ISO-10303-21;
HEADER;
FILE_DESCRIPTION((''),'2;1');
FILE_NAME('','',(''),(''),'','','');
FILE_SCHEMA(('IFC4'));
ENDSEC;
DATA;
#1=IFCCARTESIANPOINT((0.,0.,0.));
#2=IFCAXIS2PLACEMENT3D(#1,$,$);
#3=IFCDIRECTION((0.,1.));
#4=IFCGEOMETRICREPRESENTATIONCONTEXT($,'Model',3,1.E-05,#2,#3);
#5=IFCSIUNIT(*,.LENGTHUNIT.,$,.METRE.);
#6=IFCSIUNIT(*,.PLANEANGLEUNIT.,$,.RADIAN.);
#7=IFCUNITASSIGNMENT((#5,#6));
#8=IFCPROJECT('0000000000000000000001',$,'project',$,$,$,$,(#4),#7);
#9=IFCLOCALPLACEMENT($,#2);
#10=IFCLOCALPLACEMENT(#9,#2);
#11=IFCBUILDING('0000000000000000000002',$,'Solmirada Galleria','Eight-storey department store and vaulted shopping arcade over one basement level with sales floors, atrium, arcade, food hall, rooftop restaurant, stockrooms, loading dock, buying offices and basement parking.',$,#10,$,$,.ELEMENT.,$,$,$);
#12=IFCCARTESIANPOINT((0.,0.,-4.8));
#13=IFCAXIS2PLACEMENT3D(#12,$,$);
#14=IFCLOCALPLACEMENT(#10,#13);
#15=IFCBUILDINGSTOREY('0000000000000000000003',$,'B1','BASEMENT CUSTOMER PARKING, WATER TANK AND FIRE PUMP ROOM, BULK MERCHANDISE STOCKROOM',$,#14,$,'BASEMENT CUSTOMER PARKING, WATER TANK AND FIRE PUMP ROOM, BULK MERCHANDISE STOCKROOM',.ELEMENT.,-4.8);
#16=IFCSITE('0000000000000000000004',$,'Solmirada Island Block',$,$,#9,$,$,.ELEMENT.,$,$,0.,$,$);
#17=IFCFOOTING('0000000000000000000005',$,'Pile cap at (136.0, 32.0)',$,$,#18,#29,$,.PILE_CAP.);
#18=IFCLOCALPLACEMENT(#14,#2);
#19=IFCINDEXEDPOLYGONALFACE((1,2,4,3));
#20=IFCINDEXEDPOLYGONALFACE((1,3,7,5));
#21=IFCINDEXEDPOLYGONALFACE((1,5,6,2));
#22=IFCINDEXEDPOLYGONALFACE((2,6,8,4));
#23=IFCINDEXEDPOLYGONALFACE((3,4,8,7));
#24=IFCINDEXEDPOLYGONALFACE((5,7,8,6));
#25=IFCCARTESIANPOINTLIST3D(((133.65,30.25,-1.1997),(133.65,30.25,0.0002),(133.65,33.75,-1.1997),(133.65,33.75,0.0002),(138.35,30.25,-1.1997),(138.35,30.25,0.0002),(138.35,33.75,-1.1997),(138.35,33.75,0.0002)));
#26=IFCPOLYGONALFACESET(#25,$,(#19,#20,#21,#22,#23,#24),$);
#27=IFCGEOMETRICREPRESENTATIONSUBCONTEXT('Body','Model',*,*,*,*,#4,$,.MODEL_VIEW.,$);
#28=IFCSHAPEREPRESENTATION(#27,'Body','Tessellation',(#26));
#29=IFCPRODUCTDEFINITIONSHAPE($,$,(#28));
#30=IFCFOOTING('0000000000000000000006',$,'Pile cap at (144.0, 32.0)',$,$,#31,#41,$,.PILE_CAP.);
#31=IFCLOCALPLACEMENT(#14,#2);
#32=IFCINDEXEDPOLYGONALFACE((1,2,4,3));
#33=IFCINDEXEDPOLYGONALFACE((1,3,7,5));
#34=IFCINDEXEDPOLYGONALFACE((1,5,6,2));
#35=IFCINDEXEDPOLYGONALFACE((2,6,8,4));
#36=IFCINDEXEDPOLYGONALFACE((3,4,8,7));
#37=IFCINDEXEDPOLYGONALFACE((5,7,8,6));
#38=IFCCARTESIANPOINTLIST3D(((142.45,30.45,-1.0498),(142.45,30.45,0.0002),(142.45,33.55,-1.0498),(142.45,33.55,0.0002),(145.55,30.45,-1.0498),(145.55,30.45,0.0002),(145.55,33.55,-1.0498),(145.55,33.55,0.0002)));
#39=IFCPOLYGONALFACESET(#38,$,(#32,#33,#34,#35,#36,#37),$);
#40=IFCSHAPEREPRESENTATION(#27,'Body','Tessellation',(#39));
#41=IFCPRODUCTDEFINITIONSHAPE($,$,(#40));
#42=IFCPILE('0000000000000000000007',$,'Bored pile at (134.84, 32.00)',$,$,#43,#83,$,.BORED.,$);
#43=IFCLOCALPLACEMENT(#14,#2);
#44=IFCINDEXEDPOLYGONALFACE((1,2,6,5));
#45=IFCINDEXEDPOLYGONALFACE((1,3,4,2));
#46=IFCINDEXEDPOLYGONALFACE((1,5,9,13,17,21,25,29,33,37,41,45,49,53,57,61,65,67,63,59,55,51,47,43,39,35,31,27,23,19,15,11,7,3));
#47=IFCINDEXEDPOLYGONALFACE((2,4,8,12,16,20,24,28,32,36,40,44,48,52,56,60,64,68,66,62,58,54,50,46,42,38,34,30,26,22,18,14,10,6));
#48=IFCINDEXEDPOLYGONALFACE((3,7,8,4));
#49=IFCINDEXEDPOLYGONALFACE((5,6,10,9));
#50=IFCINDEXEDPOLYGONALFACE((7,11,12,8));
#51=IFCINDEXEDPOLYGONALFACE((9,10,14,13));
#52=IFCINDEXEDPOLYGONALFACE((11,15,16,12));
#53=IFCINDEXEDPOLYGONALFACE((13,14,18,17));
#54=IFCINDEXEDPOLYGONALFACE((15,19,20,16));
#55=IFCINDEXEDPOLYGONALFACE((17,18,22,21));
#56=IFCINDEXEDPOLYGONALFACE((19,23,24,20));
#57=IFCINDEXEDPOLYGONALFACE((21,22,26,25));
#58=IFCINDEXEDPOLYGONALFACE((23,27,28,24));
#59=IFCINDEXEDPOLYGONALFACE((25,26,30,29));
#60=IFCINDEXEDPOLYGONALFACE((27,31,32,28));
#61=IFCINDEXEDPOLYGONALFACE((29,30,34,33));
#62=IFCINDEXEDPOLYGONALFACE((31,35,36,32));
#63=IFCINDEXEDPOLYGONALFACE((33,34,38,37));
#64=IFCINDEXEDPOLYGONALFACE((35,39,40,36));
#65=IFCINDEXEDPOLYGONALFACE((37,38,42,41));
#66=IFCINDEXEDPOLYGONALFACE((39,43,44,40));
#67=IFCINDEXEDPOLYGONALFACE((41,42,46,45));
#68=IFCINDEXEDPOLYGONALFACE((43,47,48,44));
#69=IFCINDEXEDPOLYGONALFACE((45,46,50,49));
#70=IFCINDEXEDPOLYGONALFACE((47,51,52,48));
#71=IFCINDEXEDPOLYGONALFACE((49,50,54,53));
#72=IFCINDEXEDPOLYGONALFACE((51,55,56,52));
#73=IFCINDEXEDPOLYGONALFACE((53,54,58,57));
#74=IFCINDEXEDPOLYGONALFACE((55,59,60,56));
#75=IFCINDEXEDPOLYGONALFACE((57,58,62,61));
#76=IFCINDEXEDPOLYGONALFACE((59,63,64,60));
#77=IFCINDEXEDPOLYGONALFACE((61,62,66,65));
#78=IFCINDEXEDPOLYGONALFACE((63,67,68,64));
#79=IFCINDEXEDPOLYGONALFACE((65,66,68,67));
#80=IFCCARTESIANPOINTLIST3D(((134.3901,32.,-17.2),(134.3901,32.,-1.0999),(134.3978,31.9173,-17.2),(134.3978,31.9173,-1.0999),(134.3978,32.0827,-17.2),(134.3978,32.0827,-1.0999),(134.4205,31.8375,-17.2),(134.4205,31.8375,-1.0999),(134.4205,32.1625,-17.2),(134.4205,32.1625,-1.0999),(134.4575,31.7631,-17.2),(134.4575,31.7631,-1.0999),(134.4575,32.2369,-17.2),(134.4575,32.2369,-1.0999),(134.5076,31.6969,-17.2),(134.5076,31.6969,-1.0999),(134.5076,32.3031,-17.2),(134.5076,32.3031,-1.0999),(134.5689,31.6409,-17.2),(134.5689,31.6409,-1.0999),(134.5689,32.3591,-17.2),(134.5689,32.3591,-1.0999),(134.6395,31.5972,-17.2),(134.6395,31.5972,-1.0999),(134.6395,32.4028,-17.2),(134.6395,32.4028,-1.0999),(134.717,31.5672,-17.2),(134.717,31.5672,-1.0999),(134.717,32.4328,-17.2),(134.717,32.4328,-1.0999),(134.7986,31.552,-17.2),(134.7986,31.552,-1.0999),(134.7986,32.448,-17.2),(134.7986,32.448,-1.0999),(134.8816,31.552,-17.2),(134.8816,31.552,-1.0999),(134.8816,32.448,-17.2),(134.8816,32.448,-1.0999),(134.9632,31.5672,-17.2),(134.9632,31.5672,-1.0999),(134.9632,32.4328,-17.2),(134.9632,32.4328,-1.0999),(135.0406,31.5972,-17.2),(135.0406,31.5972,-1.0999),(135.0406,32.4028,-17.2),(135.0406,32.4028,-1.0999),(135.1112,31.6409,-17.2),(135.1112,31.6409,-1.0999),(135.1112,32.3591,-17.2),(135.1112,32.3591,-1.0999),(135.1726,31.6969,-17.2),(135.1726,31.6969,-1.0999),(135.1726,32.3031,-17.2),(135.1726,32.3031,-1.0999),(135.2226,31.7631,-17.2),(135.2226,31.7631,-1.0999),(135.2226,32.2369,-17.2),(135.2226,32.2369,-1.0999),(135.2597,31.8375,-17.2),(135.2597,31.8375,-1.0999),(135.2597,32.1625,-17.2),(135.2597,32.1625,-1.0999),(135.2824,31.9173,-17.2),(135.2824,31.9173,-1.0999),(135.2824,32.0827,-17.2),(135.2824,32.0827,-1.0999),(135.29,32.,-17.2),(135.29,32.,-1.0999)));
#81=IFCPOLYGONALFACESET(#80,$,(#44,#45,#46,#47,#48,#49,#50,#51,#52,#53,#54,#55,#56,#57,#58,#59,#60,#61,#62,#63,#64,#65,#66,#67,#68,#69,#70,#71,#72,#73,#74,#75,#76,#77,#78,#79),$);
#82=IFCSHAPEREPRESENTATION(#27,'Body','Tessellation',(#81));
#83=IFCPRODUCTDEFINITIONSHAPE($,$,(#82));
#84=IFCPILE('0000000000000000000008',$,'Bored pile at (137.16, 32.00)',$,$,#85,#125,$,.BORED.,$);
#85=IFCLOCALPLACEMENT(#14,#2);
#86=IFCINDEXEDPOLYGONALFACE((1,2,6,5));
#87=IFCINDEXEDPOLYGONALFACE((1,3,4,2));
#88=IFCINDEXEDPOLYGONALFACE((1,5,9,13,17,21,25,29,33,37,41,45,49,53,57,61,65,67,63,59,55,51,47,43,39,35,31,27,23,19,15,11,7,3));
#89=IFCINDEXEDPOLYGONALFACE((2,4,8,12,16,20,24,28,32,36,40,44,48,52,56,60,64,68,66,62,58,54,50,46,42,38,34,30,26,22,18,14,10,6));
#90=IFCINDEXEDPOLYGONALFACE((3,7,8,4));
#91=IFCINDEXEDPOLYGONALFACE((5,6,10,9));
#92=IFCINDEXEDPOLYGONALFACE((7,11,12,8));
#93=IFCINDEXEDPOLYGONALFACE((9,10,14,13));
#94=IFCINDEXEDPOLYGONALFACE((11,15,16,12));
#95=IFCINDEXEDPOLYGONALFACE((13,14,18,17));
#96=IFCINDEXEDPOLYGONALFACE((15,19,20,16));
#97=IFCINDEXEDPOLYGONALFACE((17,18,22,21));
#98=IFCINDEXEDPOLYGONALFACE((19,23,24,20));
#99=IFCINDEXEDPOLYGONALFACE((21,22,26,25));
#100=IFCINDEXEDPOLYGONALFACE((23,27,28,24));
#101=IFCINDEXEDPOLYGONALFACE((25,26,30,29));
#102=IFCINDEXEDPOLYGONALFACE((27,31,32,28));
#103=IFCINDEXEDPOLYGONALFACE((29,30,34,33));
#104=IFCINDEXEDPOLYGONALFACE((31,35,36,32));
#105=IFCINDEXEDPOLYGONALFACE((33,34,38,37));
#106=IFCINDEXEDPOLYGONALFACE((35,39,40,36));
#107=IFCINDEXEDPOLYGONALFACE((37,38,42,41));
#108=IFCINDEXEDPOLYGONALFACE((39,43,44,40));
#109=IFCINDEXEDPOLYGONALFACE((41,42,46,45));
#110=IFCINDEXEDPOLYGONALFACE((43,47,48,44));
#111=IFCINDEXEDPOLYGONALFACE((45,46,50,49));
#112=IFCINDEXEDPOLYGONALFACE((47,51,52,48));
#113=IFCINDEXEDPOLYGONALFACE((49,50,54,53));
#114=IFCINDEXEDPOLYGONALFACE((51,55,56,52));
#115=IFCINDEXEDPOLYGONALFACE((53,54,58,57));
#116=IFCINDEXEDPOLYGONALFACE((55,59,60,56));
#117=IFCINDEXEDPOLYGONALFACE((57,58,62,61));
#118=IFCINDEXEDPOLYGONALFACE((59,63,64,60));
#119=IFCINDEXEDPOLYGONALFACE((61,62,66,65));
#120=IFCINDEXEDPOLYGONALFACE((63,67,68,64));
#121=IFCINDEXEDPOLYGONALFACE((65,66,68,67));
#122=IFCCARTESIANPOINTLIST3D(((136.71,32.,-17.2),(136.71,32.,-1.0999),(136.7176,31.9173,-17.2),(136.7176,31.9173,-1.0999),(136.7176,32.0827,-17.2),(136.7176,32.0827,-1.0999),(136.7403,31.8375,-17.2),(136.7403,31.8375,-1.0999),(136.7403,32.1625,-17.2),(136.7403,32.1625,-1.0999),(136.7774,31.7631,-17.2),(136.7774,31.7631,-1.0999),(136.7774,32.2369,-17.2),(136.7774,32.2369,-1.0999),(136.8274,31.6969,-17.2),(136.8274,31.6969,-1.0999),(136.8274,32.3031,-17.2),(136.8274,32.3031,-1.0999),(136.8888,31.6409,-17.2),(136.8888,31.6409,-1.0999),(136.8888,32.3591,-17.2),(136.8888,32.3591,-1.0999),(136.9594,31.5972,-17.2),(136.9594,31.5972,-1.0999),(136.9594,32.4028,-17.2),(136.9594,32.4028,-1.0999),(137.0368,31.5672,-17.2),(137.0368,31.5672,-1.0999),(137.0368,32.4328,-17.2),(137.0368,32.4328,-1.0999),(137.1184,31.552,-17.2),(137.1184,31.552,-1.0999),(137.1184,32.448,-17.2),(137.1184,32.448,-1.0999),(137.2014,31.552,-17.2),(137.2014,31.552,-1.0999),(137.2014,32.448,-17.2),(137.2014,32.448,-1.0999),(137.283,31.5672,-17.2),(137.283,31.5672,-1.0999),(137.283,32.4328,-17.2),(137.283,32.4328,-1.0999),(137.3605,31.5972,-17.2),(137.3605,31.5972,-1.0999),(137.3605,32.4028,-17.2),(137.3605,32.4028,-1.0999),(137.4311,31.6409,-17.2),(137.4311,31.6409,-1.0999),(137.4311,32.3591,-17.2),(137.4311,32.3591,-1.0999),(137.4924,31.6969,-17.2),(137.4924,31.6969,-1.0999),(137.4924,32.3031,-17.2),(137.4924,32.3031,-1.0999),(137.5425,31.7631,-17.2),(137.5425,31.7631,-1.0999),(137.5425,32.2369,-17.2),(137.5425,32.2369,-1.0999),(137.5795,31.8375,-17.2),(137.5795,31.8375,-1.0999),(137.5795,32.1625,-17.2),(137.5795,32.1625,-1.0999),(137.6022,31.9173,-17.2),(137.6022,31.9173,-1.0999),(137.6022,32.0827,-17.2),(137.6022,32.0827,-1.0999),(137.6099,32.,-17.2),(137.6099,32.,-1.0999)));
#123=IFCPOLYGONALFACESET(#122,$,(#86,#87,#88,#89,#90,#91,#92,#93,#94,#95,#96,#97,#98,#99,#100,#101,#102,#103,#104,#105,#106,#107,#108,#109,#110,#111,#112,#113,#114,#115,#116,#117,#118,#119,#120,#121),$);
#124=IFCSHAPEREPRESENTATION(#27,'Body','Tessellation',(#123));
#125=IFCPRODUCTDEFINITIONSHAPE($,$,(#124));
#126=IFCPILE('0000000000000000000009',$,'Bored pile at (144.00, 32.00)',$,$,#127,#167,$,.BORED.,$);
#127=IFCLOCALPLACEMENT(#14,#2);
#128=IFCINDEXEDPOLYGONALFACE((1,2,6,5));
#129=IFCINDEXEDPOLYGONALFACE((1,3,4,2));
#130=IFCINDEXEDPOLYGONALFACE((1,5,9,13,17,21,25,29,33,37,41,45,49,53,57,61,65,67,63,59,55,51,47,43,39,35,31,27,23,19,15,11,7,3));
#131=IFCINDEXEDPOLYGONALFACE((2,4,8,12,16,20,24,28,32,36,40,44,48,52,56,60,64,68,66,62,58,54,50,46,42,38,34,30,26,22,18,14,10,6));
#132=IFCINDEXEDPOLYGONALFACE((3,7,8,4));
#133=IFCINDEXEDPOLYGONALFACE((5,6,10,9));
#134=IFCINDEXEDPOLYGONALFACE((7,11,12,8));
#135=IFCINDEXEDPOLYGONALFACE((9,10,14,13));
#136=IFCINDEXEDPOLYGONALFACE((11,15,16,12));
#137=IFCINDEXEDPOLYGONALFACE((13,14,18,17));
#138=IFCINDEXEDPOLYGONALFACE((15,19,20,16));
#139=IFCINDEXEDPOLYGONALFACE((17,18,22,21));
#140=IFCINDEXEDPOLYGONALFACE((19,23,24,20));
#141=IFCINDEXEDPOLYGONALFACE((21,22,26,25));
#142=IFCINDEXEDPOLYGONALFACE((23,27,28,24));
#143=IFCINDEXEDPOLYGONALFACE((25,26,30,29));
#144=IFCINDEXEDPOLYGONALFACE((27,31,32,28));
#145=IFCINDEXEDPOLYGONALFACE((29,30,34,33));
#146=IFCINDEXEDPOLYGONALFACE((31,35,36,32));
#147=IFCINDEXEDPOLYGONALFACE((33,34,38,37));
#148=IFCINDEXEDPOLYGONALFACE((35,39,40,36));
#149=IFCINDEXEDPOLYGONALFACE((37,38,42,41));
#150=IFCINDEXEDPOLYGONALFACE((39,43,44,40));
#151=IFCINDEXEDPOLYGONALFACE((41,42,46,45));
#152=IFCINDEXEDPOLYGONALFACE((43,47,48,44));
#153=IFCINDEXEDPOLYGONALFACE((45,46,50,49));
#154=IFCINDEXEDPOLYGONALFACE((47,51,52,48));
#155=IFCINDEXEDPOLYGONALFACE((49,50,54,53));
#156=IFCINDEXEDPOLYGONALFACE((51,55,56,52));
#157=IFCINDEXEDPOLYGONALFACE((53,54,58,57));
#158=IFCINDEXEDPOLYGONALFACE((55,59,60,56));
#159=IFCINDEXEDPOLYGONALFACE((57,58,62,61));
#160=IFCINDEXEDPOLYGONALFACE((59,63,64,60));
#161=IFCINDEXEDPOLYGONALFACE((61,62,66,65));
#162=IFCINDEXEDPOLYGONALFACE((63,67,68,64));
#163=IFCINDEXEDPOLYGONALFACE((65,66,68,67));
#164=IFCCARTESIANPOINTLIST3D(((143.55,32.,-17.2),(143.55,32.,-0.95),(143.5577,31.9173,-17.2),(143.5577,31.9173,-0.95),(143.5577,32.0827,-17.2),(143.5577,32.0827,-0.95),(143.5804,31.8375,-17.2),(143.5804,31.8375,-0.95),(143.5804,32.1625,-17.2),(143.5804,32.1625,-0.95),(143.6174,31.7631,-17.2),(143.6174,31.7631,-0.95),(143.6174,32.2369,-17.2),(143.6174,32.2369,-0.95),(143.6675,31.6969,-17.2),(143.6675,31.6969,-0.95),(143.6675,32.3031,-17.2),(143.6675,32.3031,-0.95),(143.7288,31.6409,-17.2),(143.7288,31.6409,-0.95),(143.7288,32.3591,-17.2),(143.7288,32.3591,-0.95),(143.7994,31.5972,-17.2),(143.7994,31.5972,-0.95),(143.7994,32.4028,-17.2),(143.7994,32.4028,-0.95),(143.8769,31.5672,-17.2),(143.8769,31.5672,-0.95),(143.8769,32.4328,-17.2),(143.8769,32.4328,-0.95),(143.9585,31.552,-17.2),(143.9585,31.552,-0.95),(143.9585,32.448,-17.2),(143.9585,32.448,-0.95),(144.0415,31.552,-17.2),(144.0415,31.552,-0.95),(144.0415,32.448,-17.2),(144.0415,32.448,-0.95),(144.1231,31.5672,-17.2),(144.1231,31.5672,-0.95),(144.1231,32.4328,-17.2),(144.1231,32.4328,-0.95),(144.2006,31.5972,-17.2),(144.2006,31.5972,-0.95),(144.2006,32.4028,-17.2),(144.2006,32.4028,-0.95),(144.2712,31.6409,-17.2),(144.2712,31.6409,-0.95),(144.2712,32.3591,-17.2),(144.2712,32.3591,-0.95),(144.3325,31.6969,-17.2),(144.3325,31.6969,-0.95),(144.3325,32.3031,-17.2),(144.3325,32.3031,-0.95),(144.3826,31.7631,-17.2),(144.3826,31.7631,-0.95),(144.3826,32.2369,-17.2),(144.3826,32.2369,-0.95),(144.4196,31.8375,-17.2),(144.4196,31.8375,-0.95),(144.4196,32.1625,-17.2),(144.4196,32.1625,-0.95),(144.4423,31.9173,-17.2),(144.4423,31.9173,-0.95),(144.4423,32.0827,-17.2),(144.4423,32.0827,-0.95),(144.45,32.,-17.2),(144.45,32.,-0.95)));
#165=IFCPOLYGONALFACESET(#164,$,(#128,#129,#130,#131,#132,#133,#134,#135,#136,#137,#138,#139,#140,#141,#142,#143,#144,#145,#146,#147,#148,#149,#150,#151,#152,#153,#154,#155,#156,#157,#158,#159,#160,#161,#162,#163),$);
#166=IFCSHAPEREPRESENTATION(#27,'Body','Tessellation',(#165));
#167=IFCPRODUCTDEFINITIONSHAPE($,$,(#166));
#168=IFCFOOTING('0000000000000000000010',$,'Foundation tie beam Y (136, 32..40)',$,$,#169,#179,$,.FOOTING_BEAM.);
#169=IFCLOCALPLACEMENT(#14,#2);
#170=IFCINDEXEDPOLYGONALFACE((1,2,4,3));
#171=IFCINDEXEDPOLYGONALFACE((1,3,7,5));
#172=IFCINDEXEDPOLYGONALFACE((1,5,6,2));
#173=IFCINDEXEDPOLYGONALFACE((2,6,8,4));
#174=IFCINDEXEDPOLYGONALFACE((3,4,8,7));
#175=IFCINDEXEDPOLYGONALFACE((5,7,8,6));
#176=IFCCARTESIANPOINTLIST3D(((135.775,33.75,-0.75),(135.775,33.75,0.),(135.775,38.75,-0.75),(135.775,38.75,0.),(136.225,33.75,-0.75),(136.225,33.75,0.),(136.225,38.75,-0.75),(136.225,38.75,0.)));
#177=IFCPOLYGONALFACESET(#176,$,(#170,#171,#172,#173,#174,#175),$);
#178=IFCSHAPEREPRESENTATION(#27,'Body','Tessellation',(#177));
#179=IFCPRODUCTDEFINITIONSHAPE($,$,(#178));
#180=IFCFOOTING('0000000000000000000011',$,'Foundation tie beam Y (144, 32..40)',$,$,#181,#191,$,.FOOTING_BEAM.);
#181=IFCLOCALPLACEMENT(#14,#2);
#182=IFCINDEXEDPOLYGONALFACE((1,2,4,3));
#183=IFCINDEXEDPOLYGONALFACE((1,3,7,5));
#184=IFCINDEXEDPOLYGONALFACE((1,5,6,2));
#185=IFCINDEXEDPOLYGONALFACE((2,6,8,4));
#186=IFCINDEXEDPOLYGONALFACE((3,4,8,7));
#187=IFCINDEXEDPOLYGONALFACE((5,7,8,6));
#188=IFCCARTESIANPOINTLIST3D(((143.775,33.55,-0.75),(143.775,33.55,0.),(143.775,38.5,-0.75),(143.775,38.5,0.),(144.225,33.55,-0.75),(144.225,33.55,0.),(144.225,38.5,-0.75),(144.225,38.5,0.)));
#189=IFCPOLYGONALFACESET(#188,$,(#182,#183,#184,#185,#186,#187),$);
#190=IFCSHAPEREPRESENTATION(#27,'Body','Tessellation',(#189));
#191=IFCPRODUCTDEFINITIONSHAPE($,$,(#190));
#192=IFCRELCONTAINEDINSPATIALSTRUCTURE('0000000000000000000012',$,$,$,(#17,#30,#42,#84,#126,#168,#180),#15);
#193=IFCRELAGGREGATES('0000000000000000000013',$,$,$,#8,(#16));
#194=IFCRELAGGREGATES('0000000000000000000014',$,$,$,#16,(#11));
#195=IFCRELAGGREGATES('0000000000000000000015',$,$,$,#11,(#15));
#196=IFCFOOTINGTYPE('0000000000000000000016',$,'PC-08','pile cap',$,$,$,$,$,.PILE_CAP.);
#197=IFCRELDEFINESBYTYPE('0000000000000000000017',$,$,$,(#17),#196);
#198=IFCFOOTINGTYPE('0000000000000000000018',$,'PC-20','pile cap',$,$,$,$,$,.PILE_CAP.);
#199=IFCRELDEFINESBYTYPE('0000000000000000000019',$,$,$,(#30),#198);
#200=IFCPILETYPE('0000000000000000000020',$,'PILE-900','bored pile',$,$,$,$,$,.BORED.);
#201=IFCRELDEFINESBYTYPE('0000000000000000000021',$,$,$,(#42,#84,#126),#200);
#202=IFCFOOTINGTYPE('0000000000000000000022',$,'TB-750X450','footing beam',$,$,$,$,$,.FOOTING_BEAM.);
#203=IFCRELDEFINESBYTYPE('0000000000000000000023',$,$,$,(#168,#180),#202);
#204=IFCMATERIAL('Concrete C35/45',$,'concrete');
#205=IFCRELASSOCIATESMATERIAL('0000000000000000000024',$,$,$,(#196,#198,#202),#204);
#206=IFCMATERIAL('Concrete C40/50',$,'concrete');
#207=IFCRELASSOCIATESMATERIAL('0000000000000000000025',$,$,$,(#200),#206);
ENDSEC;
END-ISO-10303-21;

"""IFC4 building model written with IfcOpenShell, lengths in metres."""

from ifc_helpers import new_model, si_unit, direction, frame, origin, origin_2d, place, context, subcontext, project, spatial, rectangle, circle, extrude, material, material_profile, profile_set, type_object, element, save


model = new_model("IFC4")

# Units and contexts
model_context = context("Model", 3, precision=1e-05, world=origin(), true_north=direction((0.0, 1.0)))
body_context = subcontext(model_context, "Body", "Model", "MODEL_VIEW")
ifc_project = project(units=[si_unit("LENGTHUNIT", "METRE"), si_unit("PLANEANGLEUNIT", "RADIAN")], contexts=[model_context])

# Site, building, storey
site_placement = place(None, origin())
site = spatial("IfcSite", under=ifc_project, at=site_placement, Name="Solmirada Island Block", CompositionType="ELEMENT", RefElevation=0.0)
building_placement = place(site_placement, origin())
building = spatial("IfcBuilding", under=site, at=building_placement, Name="Solmirada Galleria", Description="Eight-storey department store and vaulted shopping arcade over one basement level with sales floors, atrium, arcade, food hall, rooftop restaurant, stockrooms, loading dock, buying offices and basement parking.", CompositionType="ELEMENT")
storey_placement = place(building_placement, frame((0.0, 0.0, -4.8)))
storey = spatial("IfcBuildingStorey", under=building, at=storey_placement, Name="B1", Description="BASEMENT CUSTOMER PARKING, WATER TANK AND FIRE PUMP ROOM, BULK MERCHANDISE STOCKROOM", LongName="BASEMENT CUSTOMER PARKING, WATER TANK AND FIRE PUMP ROOM, BULK MERCHANDISE STOCKROOM", CompositionType="ELEMENT", Elevation=-4.8)

# Footings
ifc_material_1 = material(Name="Concrete C35/45", Category="concrete")
footing_type_1 = type_object("IfcFootingType", Name="PC-08", Description="pile cap", PredefinedType="PILE_CAP", material=ifc_material_1)
footing_1_placement = place(storey_placement, frame((136.0, 32.0, -1.1997), z_axis=(0.0, 0.0, 1.0), x_axis=(1.0, 0.0, 0.0)))
element("IfcFooting", 1, at=footing_1_placement, inside=storey, type_object=footing_type_1, Name="Pile cap at (136.0, 32.0)", PredefinedType="PILE_CAP", context=body_context, shape_type="SweptSolid", body=[
    extrude(rectangle(XDim=4.7, YDim=3.5, at=origin_2d()), origin(), (0.0, 0.0, 1.0), 1.2),
])
footing_type_2 = type_object("IfcFootingType", Name="PC-20", Description="pile cap", PredefinedType="PILE_CAP", material=ifc_material_1)
footing_2_placement = place(storey_placement, frame((144.0, 32.0, -1.0498), z_axis=(0.0, 0.0, 1.0), x_axis=(1.0, 0.0, 0.0)))
element("IfcFooting", 2, at=footing_2_placement, inside=storey, type_object=footing_type_2, Name="Pile cap at (144.0, 32.0)", PredefinedType="PILE_CAP", context=body_context, shape_type="SweptSolid", body=[
    extrude(rectangle(XDim=3.1001, YDim=3.1001, at=origin_2d()), origin(), (0.0, 0.0, 1.0), 1.05),
])

# Piles
ifc_material_2 = material(Name="Concrete C40/50", Category="concrete")
ifc_material_profile_1 = material_profile(ifc_material_2, circle(Radius=0.45, at=origin_2d()), Name="PILE900")
ifc_profile_set_1 = profile_set([ifc_material_profile_1], Name="Concrete C40/50")
pile_type = type_object("IfcPileType", Name="PILE-900", Description="bored pile", PredefinedType="BORED", material=ifc_profile_set_1)
for number, where, z_axis, x_axis, name in (
    (3, (134.8401, 32.0, -1.0999), (0.0, 0.0, -1.0), (1.0, 0.0, 0.0), "Bored pile at (134.84, 32.00)"),
    (4, (137.1599, 32.0, -1.0999), (0.0, 0.0, -1.0), (1.0, 0.0, 0.0), "Bored pile at (137.16, 32.00)"),
):
    element("IfcPile", number, at=place(storey_placement, frame(where, z_axis=z_axis, x_axis=x_axis)), inside=storey, type_object=pile_type, Name=name, PredefinedType="BORED", context=body_context, shape_type="SweptSolid", body=[
        extrude(circle(Radius=0.45, at=origin_2d()), origin(), (0.0, 0.0, 1.0), 16.1001),
    ])
pile_placement = place(storey_placement, frame((144.0, 32.0, -0.95), z_axis=(0.0, 0.0, -1.0), x_axis=(1.0, 0.0, 0.0)))
element("IfcPile", 5, at=pile_placement, inside=storey, type_object=pile_type, Name="Bored pile at (144.00, 32.00)", PredefinedType="BORED", context=body_context, shape_type="SweptSolid", body=[
    extrude(circle(Radius=0.45, at=origin_2d()), origin(), (0.0, 0.0, 1.0), 16.25),
])

# Footings
ifc_material_profile_2 = material_profile(ifc_material_1, rectangle(XDim=0.45, YDim=0.75, at=origin_2d()), Name="RC750X450")
ifc_profile_set_2 = profile_set([ifc_material_profile_2], Name="Concrete C35/45")
footing_type_3 = type_object("IfcFootingType", Name="TB-750X450", Description="footing beam", PredefinedType="FOOTING_BEAM", material=ifc_profile_set_2)
footing_3_placement = place(storey_placement, frame((136.0, 33.75, -0.375), z_axis=(0.0, 1.0, 0.0), x_axis=(-1.0, 0.0, 0.0)))
element("IfcFooting", 6, at=footing_3_placement, inside=storey, type_object=footing_type_3, Name="Foundation tie beam Y (136, 32..40)", PredefinedType="FOOTING_BEAM", context=body_context, shape_type="SweptSolid", body=[
    extrude(rectangle(XDim=0.45, YDim=0.75, at=origin_2d()), origin(), (0.0, 0.0, 1.0), 5.0),
])
footing_4_placement = place(storey_placement, frame((144.0, 33.55, -0.375), z_axis=(0.0, 1.0, 0.0), x_axis=(-1.0, 0.0, 0.0)))
element("IfcFooting", 7, at=footing_4_placement, inside=storey, type_object=footing_type_3, Name="Foundation tie beam Y (144, 32..40)", PredefinedType="FOOTING_BEAM", context=body_context, shape_type="SweptSolid", body=[
    extrude(rectangle(XDim=0.45, YDim=0.75, at=origin_2d()), origin(), (0.0, 0.0, 1.0), 4.95),
])

save(model, "model.ifc")
